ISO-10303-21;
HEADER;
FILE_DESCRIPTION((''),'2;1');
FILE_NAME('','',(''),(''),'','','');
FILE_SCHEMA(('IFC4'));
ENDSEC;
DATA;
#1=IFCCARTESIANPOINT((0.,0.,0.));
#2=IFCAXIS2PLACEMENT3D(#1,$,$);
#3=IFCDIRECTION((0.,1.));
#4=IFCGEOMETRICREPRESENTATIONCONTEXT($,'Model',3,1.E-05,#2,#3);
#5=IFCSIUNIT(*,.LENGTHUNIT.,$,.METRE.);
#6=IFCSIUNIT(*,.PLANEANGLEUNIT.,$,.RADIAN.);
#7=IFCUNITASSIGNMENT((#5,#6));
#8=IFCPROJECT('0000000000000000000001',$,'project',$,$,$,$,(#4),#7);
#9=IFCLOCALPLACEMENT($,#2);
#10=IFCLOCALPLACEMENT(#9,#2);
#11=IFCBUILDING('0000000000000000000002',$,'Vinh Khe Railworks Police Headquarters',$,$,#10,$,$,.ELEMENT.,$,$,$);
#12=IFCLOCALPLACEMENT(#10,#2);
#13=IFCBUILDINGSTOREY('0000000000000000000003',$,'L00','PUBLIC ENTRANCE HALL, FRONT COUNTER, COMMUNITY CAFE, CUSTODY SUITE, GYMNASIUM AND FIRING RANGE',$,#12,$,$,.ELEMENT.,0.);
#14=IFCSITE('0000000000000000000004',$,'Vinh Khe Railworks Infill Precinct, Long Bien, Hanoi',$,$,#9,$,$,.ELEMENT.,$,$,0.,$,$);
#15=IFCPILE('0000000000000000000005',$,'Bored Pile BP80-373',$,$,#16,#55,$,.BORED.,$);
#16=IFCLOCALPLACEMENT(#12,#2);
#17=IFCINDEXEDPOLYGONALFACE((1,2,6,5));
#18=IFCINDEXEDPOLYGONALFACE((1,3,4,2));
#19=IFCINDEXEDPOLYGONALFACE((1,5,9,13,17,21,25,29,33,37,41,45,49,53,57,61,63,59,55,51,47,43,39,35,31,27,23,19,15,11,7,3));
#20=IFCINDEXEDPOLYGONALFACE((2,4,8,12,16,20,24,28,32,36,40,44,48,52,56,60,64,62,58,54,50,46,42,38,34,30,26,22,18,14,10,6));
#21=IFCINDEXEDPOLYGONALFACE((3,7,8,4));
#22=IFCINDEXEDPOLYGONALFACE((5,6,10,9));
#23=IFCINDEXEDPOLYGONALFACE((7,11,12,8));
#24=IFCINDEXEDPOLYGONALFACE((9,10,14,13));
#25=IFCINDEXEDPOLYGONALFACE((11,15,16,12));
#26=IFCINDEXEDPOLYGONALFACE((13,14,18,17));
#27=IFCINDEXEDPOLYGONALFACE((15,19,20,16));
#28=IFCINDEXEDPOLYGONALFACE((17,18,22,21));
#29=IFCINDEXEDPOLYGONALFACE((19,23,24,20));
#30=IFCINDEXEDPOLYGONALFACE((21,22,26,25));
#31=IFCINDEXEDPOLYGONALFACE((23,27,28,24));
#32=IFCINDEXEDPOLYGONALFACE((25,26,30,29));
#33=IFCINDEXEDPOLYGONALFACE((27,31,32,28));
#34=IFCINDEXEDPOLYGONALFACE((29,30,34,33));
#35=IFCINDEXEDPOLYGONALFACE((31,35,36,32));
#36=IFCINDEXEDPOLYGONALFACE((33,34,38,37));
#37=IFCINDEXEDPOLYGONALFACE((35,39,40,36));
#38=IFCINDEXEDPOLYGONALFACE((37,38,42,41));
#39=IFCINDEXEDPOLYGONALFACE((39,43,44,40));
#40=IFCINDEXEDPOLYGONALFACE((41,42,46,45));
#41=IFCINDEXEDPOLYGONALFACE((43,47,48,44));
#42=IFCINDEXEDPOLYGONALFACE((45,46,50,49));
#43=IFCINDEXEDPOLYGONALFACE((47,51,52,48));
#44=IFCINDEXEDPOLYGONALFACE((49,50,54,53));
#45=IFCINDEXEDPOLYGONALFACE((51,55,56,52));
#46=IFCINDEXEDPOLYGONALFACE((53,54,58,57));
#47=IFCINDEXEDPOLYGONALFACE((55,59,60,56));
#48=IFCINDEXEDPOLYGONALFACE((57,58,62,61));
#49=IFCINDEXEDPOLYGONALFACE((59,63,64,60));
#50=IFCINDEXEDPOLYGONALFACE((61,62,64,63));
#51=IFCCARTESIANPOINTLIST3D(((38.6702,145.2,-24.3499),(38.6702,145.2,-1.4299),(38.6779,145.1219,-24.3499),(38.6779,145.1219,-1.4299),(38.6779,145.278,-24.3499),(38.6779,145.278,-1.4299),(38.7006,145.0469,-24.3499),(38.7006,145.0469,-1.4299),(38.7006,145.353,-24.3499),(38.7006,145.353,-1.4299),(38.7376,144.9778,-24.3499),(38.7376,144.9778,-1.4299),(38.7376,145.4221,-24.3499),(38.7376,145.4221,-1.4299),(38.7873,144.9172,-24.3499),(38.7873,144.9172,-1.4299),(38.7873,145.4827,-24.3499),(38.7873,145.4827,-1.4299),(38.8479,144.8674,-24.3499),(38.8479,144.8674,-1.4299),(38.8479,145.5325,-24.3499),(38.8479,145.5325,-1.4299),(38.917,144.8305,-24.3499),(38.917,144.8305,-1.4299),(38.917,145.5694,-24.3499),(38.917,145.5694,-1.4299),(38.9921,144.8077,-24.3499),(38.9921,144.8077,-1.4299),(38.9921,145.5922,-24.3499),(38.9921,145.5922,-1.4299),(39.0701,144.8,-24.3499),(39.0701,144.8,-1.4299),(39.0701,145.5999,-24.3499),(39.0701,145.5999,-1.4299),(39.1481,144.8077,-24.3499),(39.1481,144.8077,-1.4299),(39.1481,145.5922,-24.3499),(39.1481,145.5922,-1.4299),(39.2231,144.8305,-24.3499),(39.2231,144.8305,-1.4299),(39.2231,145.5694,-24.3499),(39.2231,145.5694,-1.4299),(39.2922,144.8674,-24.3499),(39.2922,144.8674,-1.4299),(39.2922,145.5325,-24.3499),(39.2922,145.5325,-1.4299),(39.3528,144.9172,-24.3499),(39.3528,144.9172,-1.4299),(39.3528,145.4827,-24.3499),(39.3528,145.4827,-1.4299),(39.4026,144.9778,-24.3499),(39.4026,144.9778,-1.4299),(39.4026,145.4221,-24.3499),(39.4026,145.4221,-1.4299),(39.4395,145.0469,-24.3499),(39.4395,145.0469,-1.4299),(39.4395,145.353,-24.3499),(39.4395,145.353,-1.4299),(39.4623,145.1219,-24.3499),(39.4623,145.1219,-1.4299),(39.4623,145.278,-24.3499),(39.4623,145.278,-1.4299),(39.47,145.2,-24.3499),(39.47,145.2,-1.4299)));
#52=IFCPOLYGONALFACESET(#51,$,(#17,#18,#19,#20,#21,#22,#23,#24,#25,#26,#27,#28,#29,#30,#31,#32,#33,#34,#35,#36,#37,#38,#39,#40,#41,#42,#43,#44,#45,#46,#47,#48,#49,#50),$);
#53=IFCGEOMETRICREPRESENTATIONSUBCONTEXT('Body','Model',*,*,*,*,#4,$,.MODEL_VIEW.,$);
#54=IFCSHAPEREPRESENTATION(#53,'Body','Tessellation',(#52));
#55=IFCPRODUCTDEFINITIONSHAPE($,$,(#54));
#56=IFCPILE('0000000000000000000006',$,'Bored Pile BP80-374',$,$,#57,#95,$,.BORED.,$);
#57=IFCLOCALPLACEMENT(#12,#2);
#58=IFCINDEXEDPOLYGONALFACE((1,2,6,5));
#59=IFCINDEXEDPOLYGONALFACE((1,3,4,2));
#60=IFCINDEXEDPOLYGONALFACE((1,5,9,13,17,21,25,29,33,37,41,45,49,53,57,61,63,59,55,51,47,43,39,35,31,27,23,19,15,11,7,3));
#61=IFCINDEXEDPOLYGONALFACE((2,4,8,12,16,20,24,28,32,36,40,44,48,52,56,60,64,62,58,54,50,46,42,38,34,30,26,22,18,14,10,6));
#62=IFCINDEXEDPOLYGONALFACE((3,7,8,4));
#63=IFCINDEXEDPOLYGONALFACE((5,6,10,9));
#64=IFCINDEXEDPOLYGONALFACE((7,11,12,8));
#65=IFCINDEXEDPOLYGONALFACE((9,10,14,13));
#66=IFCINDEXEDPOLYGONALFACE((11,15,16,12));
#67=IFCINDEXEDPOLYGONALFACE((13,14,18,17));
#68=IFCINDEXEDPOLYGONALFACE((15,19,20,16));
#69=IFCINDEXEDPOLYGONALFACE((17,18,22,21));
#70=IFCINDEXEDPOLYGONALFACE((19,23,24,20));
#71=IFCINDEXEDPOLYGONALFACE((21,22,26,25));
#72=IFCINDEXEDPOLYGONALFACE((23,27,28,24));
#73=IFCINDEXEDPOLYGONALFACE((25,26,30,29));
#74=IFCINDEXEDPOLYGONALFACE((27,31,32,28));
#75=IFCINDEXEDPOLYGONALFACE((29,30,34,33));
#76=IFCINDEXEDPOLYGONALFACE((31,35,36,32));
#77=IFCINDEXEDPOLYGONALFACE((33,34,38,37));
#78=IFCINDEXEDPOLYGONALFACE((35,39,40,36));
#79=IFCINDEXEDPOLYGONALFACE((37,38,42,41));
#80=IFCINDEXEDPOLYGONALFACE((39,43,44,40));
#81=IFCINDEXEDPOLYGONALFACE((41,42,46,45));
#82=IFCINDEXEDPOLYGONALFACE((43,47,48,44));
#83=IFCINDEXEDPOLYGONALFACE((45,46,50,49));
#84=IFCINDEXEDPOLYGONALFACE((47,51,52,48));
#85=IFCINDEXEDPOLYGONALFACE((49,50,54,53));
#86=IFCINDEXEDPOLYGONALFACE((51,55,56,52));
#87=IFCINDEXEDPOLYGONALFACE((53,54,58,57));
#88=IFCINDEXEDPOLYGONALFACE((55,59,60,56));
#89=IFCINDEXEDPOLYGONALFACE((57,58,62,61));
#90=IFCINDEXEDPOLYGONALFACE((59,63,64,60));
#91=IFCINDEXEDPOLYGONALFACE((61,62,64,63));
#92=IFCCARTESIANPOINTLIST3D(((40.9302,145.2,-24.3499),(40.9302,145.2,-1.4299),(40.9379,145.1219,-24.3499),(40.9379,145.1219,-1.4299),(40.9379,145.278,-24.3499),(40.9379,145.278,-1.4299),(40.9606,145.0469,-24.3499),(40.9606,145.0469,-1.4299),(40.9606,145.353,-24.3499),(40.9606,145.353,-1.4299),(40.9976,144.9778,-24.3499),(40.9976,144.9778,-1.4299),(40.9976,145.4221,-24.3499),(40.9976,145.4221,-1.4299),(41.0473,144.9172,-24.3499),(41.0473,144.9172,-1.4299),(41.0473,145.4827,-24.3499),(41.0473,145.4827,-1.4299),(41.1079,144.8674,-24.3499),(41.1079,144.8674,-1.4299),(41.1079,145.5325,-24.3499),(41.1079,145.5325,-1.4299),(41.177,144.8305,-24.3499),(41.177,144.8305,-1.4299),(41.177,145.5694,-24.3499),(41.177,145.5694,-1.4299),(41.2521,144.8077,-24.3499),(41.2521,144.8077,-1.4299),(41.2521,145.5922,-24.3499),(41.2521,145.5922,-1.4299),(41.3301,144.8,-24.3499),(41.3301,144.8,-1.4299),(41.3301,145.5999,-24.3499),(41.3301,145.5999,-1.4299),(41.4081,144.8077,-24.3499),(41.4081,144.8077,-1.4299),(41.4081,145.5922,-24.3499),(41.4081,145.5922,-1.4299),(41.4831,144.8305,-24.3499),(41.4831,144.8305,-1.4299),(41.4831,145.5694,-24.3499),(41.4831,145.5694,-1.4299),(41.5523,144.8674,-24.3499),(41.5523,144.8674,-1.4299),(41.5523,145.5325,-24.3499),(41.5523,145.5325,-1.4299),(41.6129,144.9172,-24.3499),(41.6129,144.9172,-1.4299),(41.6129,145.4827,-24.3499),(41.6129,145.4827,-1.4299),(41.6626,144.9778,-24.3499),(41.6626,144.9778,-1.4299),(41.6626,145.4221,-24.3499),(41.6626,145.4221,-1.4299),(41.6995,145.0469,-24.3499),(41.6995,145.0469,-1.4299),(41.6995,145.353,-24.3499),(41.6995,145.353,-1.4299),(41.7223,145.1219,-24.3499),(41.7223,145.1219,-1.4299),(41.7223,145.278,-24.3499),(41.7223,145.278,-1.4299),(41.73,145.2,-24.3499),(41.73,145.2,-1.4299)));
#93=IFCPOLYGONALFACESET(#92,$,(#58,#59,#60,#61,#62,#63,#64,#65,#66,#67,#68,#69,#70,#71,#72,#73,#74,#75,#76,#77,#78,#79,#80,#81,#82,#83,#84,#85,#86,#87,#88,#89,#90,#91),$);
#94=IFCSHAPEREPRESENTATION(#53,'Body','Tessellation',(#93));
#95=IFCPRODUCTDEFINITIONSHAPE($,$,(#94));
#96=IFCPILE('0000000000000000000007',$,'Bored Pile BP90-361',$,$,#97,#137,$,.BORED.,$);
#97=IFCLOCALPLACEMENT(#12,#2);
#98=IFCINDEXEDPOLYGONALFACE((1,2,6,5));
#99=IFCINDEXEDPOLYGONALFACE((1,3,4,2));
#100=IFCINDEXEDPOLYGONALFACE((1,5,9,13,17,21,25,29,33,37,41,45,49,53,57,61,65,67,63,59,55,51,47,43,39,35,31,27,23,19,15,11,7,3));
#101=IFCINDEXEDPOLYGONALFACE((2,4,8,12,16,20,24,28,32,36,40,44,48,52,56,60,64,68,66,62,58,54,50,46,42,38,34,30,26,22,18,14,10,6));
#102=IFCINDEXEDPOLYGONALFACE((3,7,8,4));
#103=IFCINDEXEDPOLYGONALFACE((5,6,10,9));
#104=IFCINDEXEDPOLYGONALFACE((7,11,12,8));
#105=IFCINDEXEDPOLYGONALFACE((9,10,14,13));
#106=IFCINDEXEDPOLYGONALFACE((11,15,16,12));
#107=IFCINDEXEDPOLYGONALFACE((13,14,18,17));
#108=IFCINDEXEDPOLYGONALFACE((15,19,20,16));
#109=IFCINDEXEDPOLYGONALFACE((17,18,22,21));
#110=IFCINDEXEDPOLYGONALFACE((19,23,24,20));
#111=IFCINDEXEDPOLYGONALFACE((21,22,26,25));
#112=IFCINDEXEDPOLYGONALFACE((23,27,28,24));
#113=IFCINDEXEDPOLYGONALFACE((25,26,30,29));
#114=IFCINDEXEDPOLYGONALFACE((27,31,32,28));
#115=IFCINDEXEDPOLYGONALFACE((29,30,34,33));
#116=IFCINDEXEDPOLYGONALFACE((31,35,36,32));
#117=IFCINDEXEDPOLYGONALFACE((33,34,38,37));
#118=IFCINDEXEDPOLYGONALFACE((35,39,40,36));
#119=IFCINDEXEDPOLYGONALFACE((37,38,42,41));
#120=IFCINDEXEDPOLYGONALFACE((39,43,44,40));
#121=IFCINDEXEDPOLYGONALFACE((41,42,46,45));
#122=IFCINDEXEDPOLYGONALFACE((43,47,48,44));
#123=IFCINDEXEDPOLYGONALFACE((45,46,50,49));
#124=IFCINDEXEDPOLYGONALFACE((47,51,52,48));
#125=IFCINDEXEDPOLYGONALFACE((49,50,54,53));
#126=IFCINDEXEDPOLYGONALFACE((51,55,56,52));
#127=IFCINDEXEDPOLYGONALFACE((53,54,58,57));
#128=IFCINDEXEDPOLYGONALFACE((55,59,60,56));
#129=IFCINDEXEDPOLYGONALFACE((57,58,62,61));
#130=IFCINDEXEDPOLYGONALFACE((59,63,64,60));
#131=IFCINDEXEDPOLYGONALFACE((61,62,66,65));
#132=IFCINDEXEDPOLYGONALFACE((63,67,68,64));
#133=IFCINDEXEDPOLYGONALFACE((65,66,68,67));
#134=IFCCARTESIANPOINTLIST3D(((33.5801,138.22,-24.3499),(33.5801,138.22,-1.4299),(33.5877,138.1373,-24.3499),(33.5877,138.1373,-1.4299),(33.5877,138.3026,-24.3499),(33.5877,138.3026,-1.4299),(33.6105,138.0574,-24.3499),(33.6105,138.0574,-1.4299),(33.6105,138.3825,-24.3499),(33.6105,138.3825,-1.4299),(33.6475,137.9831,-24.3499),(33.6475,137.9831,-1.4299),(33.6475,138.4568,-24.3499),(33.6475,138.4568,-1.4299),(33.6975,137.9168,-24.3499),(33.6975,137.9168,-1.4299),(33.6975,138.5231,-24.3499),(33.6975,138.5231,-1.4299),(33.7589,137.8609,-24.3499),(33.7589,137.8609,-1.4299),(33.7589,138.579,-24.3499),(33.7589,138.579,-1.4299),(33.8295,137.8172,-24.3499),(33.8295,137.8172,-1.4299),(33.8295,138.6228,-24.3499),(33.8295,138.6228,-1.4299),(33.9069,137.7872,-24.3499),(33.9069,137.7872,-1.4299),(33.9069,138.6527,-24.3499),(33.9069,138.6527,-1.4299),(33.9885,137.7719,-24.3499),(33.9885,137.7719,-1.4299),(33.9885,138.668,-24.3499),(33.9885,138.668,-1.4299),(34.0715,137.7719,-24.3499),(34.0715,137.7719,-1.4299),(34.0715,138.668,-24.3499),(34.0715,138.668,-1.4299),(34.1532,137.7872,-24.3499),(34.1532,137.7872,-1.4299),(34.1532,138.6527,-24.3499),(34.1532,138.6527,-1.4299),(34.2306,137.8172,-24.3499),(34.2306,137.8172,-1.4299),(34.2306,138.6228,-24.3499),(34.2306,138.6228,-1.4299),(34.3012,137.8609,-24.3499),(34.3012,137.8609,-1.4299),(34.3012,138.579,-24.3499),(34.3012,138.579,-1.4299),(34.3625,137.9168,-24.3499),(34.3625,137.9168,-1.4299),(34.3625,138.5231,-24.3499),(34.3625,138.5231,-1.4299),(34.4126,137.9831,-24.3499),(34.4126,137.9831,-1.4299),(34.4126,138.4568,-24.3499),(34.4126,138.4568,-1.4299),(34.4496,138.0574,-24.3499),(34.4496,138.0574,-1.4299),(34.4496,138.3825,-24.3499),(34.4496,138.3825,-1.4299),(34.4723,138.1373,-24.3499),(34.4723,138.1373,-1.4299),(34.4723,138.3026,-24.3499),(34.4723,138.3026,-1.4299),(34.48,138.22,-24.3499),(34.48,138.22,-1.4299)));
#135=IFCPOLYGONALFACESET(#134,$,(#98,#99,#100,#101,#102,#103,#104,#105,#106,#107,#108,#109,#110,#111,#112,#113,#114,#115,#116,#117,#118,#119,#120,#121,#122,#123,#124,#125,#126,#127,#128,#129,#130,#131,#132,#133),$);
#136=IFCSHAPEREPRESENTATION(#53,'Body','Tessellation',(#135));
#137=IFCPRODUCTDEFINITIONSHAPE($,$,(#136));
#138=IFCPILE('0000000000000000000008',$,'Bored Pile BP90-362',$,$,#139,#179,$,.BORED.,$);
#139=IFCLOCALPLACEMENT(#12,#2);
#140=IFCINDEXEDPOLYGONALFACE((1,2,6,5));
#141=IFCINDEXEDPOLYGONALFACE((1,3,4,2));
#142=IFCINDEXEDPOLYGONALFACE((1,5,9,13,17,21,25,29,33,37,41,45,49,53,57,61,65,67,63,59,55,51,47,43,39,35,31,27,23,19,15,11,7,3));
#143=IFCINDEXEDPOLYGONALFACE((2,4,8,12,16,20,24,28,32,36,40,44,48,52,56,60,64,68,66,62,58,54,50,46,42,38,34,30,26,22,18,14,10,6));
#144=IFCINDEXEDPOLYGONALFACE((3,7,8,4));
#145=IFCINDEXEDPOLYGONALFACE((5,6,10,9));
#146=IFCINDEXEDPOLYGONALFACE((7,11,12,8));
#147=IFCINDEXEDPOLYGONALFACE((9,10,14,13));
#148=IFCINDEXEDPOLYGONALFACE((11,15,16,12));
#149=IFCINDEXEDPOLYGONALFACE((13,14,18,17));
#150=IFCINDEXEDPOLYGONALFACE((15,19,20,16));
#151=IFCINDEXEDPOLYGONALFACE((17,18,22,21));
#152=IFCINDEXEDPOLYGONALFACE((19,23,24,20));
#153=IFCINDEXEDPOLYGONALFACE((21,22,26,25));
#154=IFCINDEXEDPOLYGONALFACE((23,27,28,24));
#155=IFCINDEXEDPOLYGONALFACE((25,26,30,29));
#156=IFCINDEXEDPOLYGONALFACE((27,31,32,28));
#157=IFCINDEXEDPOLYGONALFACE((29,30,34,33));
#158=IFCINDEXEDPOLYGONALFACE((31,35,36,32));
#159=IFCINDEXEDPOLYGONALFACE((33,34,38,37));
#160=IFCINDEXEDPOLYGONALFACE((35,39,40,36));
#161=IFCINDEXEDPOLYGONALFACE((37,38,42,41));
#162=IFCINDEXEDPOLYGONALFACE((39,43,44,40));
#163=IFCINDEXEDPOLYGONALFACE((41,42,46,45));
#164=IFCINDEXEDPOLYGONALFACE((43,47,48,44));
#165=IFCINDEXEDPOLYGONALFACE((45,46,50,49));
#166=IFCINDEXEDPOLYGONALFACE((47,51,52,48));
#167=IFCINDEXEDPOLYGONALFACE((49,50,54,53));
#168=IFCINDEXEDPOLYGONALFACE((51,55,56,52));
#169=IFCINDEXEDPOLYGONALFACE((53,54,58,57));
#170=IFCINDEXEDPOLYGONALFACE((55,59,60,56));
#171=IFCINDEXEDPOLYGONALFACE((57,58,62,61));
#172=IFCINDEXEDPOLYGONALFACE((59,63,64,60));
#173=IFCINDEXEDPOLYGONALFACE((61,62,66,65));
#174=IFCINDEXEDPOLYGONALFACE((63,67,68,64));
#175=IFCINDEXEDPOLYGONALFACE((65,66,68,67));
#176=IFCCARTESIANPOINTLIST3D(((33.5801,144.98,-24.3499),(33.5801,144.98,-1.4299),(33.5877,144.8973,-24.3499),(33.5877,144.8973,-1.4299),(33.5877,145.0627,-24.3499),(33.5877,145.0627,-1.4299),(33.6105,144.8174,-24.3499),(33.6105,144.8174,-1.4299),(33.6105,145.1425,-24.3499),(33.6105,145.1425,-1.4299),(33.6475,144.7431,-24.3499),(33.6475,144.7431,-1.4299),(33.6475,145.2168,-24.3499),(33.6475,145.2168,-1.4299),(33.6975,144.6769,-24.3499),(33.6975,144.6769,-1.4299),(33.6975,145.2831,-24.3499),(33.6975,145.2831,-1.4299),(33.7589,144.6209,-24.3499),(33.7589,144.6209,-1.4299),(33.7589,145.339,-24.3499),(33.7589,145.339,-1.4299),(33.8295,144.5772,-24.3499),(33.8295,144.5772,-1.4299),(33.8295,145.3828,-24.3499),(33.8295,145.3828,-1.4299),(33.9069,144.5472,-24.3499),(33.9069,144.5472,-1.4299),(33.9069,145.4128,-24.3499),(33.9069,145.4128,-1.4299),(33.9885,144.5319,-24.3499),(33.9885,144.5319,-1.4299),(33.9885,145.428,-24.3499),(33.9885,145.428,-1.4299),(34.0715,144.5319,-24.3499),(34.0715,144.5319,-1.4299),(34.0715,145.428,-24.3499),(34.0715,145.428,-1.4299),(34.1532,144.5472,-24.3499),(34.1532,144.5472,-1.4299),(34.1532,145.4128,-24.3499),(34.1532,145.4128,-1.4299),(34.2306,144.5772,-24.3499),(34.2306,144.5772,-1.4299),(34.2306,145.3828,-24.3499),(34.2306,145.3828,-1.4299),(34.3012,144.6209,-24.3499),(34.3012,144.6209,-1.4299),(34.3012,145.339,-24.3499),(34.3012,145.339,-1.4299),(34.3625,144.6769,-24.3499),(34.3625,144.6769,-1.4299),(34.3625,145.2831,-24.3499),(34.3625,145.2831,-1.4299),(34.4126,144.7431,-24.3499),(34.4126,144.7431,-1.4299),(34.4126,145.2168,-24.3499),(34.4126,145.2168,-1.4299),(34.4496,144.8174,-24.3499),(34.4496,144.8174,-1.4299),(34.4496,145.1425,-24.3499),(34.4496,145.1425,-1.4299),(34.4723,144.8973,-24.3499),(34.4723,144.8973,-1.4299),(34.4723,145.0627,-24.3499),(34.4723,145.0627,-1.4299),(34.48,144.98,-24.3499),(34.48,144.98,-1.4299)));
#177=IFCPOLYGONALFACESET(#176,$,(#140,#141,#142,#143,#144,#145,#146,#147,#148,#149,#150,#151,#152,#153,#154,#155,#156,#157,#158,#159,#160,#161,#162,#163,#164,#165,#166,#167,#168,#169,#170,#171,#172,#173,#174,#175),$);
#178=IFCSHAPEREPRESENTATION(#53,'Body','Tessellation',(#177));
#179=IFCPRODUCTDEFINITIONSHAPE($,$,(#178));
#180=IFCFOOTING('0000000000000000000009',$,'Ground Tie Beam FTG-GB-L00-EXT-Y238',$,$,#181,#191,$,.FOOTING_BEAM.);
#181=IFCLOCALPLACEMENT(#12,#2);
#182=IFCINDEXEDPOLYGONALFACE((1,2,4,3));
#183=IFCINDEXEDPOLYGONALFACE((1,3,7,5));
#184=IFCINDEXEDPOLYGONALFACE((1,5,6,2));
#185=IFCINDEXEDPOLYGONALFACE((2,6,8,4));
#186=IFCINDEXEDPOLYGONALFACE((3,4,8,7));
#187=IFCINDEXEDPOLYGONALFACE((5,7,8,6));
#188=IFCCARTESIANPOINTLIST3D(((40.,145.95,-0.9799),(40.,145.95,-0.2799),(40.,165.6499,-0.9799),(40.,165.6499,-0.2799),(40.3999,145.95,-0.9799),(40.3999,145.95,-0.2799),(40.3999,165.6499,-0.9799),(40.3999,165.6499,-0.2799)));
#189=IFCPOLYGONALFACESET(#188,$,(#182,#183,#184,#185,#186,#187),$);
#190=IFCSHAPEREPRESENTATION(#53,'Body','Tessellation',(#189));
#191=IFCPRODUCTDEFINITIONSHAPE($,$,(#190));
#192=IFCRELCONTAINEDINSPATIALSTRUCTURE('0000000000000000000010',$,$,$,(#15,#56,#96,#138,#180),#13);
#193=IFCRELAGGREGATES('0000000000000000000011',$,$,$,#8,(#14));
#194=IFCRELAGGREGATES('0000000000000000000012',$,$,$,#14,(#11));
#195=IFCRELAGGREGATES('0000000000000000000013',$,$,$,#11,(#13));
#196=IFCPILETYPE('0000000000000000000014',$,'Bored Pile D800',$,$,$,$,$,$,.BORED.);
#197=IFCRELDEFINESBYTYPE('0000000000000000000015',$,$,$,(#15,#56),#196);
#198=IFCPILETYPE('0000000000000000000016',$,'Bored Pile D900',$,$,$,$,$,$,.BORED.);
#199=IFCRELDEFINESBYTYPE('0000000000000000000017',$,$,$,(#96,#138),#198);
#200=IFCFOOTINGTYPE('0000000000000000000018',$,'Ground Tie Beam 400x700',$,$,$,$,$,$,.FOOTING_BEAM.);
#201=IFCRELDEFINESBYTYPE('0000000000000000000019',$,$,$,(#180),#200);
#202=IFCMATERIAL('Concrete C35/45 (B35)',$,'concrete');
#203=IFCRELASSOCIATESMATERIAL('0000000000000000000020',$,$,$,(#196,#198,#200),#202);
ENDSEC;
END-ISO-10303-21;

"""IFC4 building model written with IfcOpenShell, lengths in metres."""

from ifc_helpers import new_model, si_unit, direction, frame, origin, origin_2d, place, context, subcontext, project, spatial, rectangle, circle, extrude, material, material_profile, profile_set, type_object, element, save


model = new_model("IFC4")

# Units and contexts
model_context = context("Model", 3, precision=1e-05, world=origin(), true_north=direction((0.0, 1.0)))
body_context = subcontext(model_context, "Body", "Model", "MODEL_VIEW")
ifc_project = project(units=[si_unit("LENGTHUNIT", "METRE"), si_unit("PLANEANGLEUNIT", "RADIAN")], contexts=[model_context])

# Site, building, storey
site_placement = place(None, origin())
site = spatial("IfcSite", under=ifc_project, at=site_placement, Name="Vinh Khe Railworks Infill Precinct, Long Bien, Hanoi", CompositionType="ELEMENT", RefElevation=0.0)
building_placement = place(site_placement, origin())
building = spatial("IfcBuilding", under=site, at=building_placement, Name="Vinh Khe Railworks Police Headquarters", CompositionType="ELEMENT")
storey_placement = place(building_placement, origin())
storey = spatial("IfcBuildingStorey", under=building, at=storey_placement, Name="L00", Description="PUBLIC ENTRANCE HALL, FRONT COUNTER, COMMUNITY CAFE, CUSTODY SUITE, GYMNASIUM AND FIRING RANGE", CompositionType="ELEMENT", Elevation=0.0)

# Piles
ifc_material_1 = material(Name="Concrete C35/45 (B35)", Category="concrete")
ifc_material_profile_1 = material_profile(ifc_material_1, circle(Radius=0.3999, at=origin_2d()), Name="BORED PILE D800")
ifc_profile_set_1 = profile_set([ifc_material_profile_1], Name="Concrete C35/45 (B35)")
pile_type_1 = type_object("IfcPileType", Name="Bored Pile D800", PredefinedType="BORED", material=ifc_profile_set_1)
for number, where, z_axis, x_axis, name in (
    (1, (39.0701, 145.2, -1.4299), (0.0, 0.0, -1.0), (1.0, 0.0, 0.0), "Bored Pile BP80-373"),
    (2, (41.3301, 145.2, -1.4299), (0.0, 0.0, -1.0), (1.0, 0.0, 0.0), "Bored Pile BP80-374"),
):
    element("IfcPile", number, at=place(storey_placement, frame(where, z_axis=z_axis, x_axis=x_axis)), inside=storey, type_object=pile_type_1, Name=name, PredefinedType="BORED", context=body_context, shape_type="SweptSolid", body=[
        extrude(circle(Radius=0.3999, at=origin_2d()), origin(), (0.0, 0.0, 1.0), 22.9199),
    ])
ifc_material_profile_2 = material_profile(ifc_material_1, circle(Radius=0.45, at=origin_2d()), Name="BORED PILE D900")
ifc_profile_set_2 = profile_set([ifc_material_profile_2], Name="Concrete C35/45 (B35)")
pile_type_2 = type_object("IfcPileType", Name="Bored Pile D900", PredefinedType="BORED", material=ifc_profile_set_2)
for number, where, z_axis, x_axis, name in (
    (3, (34.03, 138.22, -1.4299), (0.0, 0.0, -1.0), (1.0, 0.0, 0.0), "Bored Pile BP90-361"),
    (4, (34.03, 144.98, -1.4299), (0.0, 0.0, -1.0), (1.0, 0.0, 0.0), "Bored Pile BP90-362"),
):
    element("IfcPile", number, at=place(storey_placement, frame(where, z_axis=z_axis, x_axis=x_axis)), inside=storey, type_object=pile_type_2, Name=name, PredefinedType="BORED", context=body_context, shape_type="SweptSolid", body=[
        extrude(circle(Radius=0.45, at=origin_2d()), origin(), (0.0, 0.0, 1.0), 22.9199),
    ])

# Footing
ifc_material_profile_3 = material_profile(ifc_material_1, rectangle(XDim=0.3999, YDim=0.7, at=origin_2d()), Name="RC 400x700")
ifc_profile_set_3 = profile_set([ifc_material_profile_3], Name="Concrete C35/45 (B35)")
footing_type_1 = type_object("IfcFootingType", Name="Ground Tie Beam 400x700", PredefinedType="FOOTING_BEAM", material=ifc_profile_set_3)
footing_1_placement = place(storey_placement, frame((40.2, 145.95, -0.6299), z_axis=(0.0, 1.0, 0.0), x_axis=(-1.0, 0.0, 0.0)))
element("IfcFooting", 5, at=footing_1_placement, inside=storey, type_object=footing_type_1, Name="Ground Tie Beam FTG-GB-L00-EXT-Y238", PredefinedType="FOOTING_BEAM", context=body_context, shape_type="SweptSolid", body=[
    extrude(rectangle(XDim=0.3999, YDim=0.7, at=origin_2d()), origin(), (0.0, 0.0, 1.0), 19.7),
])

save(model, "model.ifc")
